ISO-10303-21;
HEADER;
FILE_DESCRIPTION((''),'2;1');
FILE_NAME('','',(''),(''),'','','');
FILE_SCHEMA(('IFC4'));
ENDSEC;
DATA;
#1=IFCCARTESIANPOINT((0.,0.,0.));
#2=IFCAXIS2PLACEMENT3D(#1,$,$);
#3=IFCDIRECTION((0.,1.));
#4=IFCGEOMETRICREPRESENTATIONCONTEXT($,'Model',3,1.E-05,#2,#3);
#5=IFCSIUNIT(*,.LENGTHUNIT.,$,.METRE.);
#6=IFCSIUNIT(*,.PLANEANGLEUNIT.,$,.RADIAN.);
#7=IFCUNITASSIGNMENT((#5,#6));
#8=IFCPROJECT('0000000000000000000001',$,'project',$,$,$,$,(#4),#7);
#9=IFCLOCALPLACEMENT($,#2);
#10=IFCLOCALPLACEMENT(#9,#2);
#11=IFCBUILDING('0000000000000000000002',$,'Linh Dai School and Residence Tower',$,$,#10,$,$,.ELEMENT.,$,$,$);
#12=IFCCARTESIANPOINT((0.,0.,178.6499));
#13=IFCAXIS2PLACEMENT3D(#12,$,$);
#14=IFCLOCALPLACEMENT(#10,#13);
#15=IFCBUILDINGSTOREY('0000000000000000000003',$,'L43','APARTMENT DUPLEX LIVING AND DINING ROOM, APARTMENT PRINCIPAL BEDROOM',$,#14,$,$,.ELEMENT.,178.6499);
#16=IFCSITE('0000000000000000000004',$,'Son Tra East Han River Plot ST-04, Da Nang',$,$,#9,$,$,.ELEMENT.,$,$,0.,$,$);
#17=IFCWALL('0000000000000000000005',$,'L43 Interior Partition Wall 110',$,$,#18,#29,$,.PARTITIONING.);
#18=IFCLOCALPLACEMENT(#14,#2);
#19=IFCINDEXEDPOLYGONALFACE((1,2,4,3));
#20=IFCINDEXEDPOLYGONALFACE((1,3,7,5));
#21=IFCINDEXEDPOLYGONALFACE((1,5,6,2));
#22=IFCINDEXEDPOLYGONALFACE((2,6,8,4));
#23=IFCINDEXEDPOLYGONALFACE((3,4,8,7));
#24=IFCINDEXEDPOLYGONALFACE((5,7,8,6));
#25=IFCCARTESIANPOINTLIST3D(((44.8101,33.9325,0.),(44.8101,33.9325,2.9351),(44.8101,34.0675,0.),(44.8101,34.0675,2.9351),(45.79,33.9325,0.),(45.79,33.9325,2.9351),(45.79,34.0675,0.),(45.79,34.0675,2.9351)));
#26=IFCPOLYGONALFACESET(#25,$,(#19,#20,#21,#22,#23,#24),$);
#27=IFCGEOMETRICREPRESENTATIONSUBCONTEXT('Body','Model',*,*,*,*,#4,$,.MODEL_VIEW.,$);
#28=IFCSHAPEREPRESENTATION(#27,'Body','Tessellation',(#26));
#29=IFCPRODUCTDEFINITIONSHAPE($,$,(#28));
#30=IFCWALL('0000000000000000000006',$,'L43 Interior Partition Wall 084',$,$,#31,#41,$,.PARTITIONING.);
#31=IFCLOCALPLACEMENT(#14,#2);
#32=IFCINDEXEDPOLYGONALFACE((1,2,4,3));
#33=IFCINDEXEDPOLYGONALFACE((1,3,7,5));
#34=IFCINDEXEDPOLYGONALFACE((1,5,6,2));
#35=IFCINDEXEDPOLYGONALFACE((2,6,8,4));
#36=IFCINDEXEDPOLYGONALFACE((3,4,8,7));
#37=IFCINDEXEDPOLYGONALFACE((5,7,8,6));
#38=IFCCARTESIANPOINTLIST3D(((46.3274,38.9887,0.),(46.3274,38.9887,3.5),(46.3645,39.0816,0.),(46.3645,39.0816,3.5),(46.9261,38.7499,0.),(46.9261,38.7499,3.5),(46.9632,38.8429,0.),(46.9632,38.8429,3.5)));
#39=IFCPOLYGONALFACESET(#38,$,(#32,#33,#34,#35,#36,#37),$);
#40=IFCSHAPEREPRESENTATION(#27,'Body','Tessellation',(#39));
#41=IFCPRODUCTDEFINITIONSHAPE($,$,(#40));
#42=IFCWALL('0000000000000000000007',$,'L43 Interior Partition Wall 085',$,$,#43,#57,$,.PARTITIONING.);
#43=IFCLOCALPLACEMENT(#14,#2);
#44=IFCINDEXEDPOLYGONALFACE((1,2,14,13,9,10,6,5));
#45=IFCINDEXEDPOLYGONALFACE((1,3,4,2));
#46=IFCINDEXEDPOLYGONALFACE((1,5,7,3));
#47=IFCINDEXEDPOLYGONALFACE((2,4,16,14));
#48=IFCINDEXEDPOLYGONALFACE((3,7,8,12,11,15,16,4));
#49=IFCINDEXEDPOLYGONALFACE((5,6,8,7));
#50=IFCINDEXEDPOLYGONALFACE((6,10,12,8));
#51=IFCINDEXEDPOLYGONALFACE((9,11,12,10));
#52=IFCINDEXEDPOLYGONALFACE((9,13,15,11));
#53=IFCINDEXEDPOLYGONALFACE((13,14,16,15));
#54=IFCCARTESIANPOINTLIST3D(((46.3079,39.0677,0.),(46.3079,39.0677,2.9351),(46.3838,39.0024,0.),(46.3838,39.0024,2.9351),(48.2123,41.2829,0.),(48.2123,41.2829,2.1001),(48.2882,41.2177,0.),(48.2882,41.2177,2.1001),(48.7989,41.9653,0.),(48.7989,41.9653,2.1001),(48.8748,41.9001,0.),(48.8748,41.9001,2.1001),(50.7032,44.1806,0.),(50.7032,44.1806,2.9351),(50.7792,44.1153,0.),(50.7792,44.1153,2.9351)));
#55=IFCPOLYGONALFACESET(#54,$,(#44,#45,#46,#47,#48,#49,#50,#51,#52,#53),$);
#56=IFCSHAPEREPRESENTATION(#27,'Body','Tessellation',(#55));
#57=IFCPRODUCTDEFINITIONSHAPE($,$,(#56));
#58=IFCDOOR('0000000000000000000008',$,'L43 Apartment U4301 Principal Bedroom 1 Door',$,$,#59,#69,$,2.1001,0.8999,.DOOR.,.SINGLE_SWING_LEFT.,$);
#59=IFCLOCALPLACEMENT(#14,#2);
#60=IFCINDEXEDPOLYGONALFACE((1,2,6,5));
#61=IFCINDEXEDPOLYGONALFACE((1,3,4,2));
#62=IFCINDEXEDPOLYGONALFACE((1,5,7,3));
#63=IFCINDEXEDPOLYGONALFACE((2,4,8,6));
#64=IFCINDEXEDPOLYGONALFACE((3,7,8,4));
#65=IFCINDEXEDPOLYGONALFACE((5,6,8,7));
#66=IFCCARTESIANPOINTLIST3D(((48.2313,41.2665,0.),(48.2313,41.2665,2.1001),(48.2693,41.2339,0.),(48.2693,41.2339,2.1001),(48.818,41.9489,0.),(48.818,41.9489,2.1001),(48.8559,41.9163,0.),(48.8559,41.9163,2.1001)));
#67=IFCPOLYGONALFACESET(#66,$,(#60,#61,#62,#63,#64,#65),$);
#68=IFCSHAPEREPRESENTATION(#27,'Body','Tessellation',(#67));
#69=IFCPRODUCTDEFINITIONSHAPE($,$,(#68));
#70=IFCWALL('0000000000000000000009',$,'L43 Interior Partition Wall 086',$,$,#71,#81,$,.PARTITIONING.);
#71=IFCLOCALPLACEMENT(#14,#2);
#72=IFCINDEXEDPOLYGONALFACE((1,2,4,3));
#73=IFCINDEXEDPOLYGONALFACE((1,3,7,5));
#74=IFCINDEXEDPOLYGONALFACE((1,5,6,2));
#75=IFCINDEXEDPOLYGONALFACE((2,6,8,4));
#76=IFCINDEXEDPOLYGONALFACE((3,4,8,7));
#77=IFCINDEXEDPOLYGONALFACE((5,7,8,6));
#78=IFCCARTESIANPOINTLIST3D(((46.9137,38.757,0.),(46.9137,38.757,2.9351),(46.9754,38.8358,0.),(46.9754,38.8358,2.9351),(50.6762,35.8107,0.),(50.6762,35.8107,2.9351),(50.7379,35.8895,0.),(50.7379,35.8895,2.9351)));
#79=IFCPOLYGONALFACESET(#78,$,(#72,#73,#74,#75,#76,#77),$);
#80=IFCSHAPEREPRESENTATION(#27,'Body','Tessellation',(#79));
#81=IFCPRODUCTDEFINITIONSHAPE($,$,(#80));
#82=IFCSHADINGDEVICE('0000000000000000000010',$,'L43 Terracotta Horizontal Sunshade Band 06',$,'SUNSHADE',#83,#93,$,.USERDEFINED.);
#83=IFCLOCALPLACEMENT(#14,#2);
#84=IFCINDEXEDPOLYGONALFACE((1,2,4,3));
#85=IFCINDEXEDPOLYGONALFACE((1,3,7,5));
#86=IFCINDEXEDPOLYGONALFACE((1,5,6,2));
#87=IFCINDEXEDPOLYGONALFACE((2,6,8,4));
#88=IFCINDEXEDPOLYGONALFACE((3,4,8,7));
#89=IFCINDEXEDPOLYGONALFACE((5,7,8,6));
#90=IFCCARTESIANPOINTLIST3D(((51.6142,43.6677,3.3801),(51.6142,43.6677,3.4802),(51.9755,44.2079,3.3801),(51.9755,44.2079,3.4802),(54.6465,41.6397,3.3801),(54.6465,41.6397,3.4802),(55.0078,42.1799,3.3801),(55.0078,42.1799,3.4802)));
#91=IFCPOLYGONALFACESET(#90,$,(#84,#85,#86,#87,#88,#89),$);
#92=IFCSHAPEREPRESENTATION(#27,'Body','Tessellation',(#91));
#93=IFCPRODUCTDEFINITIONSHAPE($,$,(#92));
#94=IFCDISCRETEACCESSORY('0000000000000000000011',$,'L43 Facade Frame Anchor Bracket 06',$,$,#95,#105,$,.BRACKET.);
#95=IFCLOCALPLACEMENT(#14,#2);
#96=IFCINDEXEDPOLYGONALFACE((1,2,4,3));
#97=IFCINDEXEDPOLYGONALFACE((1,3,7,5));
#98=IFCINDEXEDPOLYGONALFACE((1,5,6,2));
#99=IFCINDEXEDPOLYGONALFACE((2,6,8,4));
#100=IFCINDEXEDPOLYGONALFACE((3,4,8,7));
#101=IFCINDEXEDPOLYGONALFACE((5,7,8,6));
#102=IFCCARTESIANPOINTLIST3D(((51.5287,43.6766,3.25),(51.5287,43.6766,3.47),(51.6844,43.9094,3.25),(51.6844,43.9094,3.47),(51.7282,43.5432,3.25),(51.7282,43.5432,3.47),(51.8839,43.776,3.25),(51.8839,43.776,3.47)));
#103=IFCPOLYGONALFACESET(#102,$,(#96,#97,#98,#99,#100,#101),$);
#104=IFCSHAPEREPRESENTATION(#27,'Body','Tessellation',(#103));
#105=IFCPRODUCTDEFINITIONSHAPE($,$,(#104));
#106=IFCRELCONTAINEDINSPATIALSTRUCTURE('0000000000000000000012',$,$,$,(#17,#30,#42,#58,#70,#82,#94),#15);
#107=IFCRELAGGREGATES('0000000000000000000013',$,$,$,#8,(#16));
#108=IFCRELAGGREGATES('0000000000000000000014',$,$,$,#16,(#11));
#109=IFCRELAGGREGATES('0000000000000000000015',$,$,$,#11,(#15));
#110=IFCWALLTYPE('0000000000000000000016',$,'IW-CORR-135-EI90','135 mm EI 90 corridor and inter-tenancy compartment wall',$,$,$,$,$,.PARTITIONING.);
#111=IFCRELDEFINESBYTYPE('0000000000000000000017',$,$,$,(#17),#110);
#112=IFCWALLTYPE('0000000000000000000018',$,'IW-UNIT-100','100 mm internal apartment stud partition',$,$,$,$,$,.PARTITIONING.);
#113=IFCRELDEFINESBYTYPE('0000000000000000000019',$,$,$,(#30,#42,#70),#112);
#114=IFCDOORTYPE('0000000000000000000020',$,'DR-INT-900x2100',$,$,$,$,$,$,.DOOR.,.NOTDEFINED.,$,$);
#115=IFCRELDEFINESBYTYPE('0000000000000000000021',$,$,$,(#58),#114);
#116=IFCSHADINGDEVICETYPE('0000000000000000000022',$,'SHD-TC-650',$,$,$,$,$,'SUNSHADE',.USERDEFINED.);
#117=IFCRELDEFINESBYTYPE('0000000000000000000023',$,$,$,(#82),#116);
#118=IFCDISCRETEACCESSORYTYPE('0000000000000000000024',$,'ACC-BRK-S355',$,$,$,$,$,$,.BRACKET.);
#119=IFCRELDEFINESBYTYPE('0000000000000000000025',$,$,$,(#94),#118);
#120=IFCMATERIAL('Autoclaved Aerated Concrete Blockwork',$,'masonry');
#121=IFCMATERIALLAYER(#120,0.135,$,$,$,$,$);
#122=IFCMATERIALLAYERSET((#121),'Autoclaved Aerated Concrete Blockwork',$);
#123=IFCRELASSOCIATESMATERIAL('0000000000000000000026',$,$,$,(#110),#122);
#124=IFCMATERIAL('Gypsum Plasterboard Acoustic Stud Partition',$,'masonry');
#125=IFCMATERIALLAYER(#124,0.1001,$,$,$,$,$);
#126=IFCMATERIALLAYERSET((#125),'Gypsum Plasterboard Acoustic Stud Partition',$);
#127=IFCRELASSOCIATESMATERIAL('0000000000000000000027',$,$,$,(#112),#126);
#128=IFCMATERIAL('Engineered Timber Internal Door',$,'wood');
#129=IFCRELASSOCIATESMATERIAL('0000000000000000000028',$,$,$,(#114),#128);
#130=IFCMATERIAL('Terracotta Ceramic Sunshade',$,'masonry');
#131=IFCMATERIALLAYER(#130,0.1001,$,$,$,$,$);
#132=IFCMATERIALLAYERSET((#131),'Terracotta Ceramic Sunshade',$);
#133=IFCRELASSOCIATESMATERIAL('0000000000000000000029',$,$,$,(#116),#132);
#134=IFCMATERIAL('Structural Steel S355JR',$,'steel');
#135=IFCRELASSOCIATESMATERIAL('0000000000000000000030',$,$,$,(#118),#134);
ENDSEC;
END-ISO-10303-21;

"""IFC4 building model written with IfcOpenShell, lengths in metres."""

from ifc_helpers import new_model, si_unit, direction, frame, frame_2d, origin, origin_2d, place, context, subcontext, project, spatial, rectangle, extrude, source, transform, mapped, material, layer, layer_set, type_object, element, fill, save


model = new_model("IFC4")

# Units and contexts
model_context = context("Model", 3, precision=1e-05, world=origin(), true_north=direction((0.0, 1.0)))
body_context = subcontext(model_context, "Body", "Model", "MODEL_VIEW")
ifc_project = project(units=[si_unit("LENGTHUNIT", "METRE"), si_unit("PLANEANGLEUNIT", "RADIAN")], contexts=[model_context])

# Site, building, storey
site_placement = place(None, origin())
site = spatial("IfcSite", under=ifc_project, at=site_placement, Name="Son Tra East Han River Plot ST-04, Da Nang", CompositionType="ELEMENT", RefElevation=0.0)
building_placement = place(site_placement, origin())
building = spatial("IfcBuilding", under=site, at=building_placement, Name="Linh Dai School and Residence Tower", CompositionType="ELEMENT")
storey_placement = place(building_placement, frame((0.0, 0.0, 178.6499)))
storey = spatial("IfcBuildingStorey", under=building, at=storey_placement, Name="L43", Description="APARTMENT DUPLEX LIVING AND DINING ROOM, APARTMENT PRINCIPAL BEDROOM", CompositionType="ELEMENT", Elevation=178.6499)

# Shared definitions
ifc_material_1 = material(Name="Structural Steel S355JR", Category="steel")

# Shared definitions
ifc_material_2 = material(Name="Autoclaved Aerated Concrete Blockwork", Category="masonry")
ifc_layer_1 = layer(ifc_material_2, 0.135)
ifc_layer_set_1 = layer_set([ifc_layer_1], Name="Autoclaved Aerated Concrete Blockwork")
wall_type_1 = type_object("IfcWallType", Name="IW-CORR-135-EI90", Description="135 mm EI 90 corridor and inter-tenancy compartment wall", PredefinedType="PARTITIONING", material=ifc_layer_set_1)

# Walls
wall_1_placement = place(storey_placement, frame((45.79, 34.0, 0.0), z_axis=(0.0, 0.0, 1.0), x_axis=(-1.0, 0.0, 0.0)))
element("IfcWall", 1, at=wall_1_placement, inside=storey, type_object=wall_type_1, Name="L43 Interior Partition Wall 110", PredefinedType="PARTITIONING", context=body_context, shape_type="SweptSolid", body=[
    extrude(rectangle(XDim=0.98, YDim=0.135, at=frame_2d((0.49, 0.0))), origin(), (0.0, 0.0, 1.0), 2.9351),
])
ifc_material_3 = material(Name="Gypsum Plasterboard Acoustic Stud Partition", Category="masonry")
ifc_layer_2 = layer(ifc_material_3, 0.1001)
ifc_layer_set_2 = layer_set([ifc_layer_2], Name="Gypsum Plasterboard Acoustic Stud Partition")
wall_type_2 = type_object("IfcWallType", Name="IW-UNIT-100", Description="100 mm internal apartment stud partition", PredefinedType="PARTITIONING", material=ifc_layer_set_2)
wall_2_placement = place(storey_placement, frame((46.3459, 39.0352, 0.0), z_axis=(0.0, 0.0, 1.0), x_axis=(0.928842, -0.370476, 0.0)))
element("IfcWall", 2, at=wall_2_placement, inside=storey, type_object=wall_type_2, Name="L43 Interior Partition Wall 084", PredefinedType="PARTITIONING", context=body_context, shape_type="SweptSolid", body=[
    extrude(rectangle(XDim=0.6445, YDim=0.1001, at=frame_2d((0.3223, 0.0))), origin(), (0.0, 0.0, 1.0), 3.5),
])

# Wall, opening, door
wall_3_placement = place(storey_placement, frame((46.3459, 39.0352, 0.0), z_axis=(0.0, 0.0, 1.0), x_axis=(0.651891, 0.758313, 0.0)))
wall_3 = element("IfcWall", 3, at=wall_3_placement, inside=storey, type_object=wall_type_2, Name="L43 Interior Partition Wall 085", PredefinedType="PARTITIONING", context=body_context, shape_type="SweptSolid", body=[
    extrude(rectangle(XDim=6.7424, YDim=0.1001, at=frame_2d((3.3711, 0.0))), origin(), (0.0, 0.0, 1.0), 2.9351),
])
opening_1_placement = place(wall_3_placement, frame((2.9211, 0.0, 0.0)))
opening_1 = element("IfcOpeningElement", 4, at=opening_1_placement, cuts=wall_3, PredefinedType="OPENING", context=body_context, shape_type="SweptSolid", body=[
    extrude(rectangle(XDim=0.8999, YDim=2.1001, at=origin_2d()), frame((0.45, 0.0601, 1.05), z_axis=(0.0, -1.0, 0.0), x_axis=(1.0, 0.0, 0.0)), (0.0, 0.0, 1.0), 0.1201),
])
ifc_material_4 = material(Name="Engineered Timber Internal Door", Category="wood")
door_type_1 = type_object("IfcDoorType", Name="DR-INT-900x2100", OperationType="NOTDEFINED", PredefinedType="DOOR", material=ifc_material_4)
shared_shape_1 = source(origin(), body_context, "Body", "SweptSolid", [
    extrude(rectangle(XDim=0.8999, YDim=2.1001, at=origin_2d()), frame((0.45, 0.0249, 1.05), z_axis=(0.0, -1.0, 0.0), x_axis=(1.0, 0.0, 0.0)), (0.0, 0.0, 1.0), 0.05),
])
door_1_placement = place(opening_1_placement, origin())
door_1 = element("IfcDoor", 5, at=door_1_placement, inside=storey, type_object=door_type_1, Name="L43 Apartment U4301 Principal Bedroom 1 Door", OperationType="SINGLE_SWING_LEFT", OverallHeight=2.1001, OverallWidth=0.8999, PredefinedType="DOOR", context=body_context, shape_type="MappedRepresentation", body=[
    mapped(shared_shape_1, transform((0.0, 0.0, 0.0), x_axis=(1.0, 0.0, 0.0), y_axis=(0.0, 1.0, 0.0), z_axis=(0.0, 0.0, 1.0), scale=1.0)),
])
fill(opening_1, door_1)

# Wall
wall_4_placement = place(storey_placement, frame((46.9446, 38.7964, 0.0), z_axis=(0.0, 0.0, 1.0), x_axis=(0.787326, -0.616537, 0.0)))
element("IfcWall", 6, at=wall_4_placement, inside=storey, type_object=wall_type_2, Name="L43 Interior Partition Wall 086", PredefinedType="PARTITIONING", context=body_context, shape_type="SweptSolid", body=[
    extrude(rectangle(XDim=4.7788, YDim=0.1001, at=frame_2d((2.3894, 0.0))), origin(), (0.0, 0.0, 1.0), 2.9351),
])

# Shading device
ifc_material_5 = material(Name="Terracotta Ceramic Sunshade", Category="masonry")
ifc_layer_3 = layer(ifc_material_5, 0.1001)
ifc_layer_set_3 = layer_set([ifc_layer_3], Name="Terracotta Ceramic Sunshade")
shading_device_type = type_object("IfcShadingDeviceType", Name="SHD-TC-650", ElementType="SUNSHADE", PredefinedType="USERDEFINED", material=ifc_layer_set_3)
shared_shape_2 = source(origin(), body_context, "Body", "SweptSolid", [
    extrude(rectangle(XDim=3.6479, YDim=0.6499, at=origin_2d()), origin(), (0.0, 0.0, 1.0), 0.1001),
])
shading_device_placement = place(storey_placement, frame((53.311, 42.9238, 3.3801), z_axis=(0.0, 0.0, 1.0), x_axis=(0.831228, -0.555931, 0.0)))
element("IfcShadingDevice", 7, at=shading_device_placement, inside=storey, type_object=shading_device_type, Name="L43 Terracotta Horizontal Sunshade Band 06", ObjectType="SUNSHADE", PredefinedType="USERDEFINED", context=body_context, shape_type="MappedRepresentation", body=[
    mapped(shared_shape_2, transform((0.0, 0.0, 0.0), x_axis=(1.0, 0.0, 0.0), y_axis=(0.0, 1.0, 0.0), z_axis=(0.0, 0.0, 1.0), scale=1.0)),
])

# Discrete accessory
discrete_accessory_type = type_object("IfcDiscreteAccessoryType", Name="ACC-BRK-S355", PredefinedType="BRACKET", material=ifc_material_1)
shared_shape_3 = source(origin(), body_context, "Body", "SweptSolid", [
    extrude(rectangle(XDim=0.28, YDim=0.24, at=origin_2d()), origin(), (0.0, 0.0, 1.0), 0.22),
])
discrete_accessory_placement = place(storey_placement, frame((51.7063, 43.7263, 3.25), z_axis=(0.0, 0.0, 1.0), x_axis=(0.555931, 0.831228, 0.0)))
element("IfcDiscreteAccessory", 8, at=discrete_accessory_placement, inside=storey, type_object=discrete_accessory_type, Name="L43 Facade Frame Anchor Bracket 06", PredefinedType="BRACKET", context=body_context, shape_type="MappedRepresentation", body=[
    mapped(shared_shape_3, transform((0.0, 0.0, 0.0), x_axis=(1.0, 0.0, 0.0), y_axis=(0.0, 1.0, 0.0), z_axis=(0.0, 0.0, 1.0), scale=1.0)),
])

save(model, "model.ifc")
